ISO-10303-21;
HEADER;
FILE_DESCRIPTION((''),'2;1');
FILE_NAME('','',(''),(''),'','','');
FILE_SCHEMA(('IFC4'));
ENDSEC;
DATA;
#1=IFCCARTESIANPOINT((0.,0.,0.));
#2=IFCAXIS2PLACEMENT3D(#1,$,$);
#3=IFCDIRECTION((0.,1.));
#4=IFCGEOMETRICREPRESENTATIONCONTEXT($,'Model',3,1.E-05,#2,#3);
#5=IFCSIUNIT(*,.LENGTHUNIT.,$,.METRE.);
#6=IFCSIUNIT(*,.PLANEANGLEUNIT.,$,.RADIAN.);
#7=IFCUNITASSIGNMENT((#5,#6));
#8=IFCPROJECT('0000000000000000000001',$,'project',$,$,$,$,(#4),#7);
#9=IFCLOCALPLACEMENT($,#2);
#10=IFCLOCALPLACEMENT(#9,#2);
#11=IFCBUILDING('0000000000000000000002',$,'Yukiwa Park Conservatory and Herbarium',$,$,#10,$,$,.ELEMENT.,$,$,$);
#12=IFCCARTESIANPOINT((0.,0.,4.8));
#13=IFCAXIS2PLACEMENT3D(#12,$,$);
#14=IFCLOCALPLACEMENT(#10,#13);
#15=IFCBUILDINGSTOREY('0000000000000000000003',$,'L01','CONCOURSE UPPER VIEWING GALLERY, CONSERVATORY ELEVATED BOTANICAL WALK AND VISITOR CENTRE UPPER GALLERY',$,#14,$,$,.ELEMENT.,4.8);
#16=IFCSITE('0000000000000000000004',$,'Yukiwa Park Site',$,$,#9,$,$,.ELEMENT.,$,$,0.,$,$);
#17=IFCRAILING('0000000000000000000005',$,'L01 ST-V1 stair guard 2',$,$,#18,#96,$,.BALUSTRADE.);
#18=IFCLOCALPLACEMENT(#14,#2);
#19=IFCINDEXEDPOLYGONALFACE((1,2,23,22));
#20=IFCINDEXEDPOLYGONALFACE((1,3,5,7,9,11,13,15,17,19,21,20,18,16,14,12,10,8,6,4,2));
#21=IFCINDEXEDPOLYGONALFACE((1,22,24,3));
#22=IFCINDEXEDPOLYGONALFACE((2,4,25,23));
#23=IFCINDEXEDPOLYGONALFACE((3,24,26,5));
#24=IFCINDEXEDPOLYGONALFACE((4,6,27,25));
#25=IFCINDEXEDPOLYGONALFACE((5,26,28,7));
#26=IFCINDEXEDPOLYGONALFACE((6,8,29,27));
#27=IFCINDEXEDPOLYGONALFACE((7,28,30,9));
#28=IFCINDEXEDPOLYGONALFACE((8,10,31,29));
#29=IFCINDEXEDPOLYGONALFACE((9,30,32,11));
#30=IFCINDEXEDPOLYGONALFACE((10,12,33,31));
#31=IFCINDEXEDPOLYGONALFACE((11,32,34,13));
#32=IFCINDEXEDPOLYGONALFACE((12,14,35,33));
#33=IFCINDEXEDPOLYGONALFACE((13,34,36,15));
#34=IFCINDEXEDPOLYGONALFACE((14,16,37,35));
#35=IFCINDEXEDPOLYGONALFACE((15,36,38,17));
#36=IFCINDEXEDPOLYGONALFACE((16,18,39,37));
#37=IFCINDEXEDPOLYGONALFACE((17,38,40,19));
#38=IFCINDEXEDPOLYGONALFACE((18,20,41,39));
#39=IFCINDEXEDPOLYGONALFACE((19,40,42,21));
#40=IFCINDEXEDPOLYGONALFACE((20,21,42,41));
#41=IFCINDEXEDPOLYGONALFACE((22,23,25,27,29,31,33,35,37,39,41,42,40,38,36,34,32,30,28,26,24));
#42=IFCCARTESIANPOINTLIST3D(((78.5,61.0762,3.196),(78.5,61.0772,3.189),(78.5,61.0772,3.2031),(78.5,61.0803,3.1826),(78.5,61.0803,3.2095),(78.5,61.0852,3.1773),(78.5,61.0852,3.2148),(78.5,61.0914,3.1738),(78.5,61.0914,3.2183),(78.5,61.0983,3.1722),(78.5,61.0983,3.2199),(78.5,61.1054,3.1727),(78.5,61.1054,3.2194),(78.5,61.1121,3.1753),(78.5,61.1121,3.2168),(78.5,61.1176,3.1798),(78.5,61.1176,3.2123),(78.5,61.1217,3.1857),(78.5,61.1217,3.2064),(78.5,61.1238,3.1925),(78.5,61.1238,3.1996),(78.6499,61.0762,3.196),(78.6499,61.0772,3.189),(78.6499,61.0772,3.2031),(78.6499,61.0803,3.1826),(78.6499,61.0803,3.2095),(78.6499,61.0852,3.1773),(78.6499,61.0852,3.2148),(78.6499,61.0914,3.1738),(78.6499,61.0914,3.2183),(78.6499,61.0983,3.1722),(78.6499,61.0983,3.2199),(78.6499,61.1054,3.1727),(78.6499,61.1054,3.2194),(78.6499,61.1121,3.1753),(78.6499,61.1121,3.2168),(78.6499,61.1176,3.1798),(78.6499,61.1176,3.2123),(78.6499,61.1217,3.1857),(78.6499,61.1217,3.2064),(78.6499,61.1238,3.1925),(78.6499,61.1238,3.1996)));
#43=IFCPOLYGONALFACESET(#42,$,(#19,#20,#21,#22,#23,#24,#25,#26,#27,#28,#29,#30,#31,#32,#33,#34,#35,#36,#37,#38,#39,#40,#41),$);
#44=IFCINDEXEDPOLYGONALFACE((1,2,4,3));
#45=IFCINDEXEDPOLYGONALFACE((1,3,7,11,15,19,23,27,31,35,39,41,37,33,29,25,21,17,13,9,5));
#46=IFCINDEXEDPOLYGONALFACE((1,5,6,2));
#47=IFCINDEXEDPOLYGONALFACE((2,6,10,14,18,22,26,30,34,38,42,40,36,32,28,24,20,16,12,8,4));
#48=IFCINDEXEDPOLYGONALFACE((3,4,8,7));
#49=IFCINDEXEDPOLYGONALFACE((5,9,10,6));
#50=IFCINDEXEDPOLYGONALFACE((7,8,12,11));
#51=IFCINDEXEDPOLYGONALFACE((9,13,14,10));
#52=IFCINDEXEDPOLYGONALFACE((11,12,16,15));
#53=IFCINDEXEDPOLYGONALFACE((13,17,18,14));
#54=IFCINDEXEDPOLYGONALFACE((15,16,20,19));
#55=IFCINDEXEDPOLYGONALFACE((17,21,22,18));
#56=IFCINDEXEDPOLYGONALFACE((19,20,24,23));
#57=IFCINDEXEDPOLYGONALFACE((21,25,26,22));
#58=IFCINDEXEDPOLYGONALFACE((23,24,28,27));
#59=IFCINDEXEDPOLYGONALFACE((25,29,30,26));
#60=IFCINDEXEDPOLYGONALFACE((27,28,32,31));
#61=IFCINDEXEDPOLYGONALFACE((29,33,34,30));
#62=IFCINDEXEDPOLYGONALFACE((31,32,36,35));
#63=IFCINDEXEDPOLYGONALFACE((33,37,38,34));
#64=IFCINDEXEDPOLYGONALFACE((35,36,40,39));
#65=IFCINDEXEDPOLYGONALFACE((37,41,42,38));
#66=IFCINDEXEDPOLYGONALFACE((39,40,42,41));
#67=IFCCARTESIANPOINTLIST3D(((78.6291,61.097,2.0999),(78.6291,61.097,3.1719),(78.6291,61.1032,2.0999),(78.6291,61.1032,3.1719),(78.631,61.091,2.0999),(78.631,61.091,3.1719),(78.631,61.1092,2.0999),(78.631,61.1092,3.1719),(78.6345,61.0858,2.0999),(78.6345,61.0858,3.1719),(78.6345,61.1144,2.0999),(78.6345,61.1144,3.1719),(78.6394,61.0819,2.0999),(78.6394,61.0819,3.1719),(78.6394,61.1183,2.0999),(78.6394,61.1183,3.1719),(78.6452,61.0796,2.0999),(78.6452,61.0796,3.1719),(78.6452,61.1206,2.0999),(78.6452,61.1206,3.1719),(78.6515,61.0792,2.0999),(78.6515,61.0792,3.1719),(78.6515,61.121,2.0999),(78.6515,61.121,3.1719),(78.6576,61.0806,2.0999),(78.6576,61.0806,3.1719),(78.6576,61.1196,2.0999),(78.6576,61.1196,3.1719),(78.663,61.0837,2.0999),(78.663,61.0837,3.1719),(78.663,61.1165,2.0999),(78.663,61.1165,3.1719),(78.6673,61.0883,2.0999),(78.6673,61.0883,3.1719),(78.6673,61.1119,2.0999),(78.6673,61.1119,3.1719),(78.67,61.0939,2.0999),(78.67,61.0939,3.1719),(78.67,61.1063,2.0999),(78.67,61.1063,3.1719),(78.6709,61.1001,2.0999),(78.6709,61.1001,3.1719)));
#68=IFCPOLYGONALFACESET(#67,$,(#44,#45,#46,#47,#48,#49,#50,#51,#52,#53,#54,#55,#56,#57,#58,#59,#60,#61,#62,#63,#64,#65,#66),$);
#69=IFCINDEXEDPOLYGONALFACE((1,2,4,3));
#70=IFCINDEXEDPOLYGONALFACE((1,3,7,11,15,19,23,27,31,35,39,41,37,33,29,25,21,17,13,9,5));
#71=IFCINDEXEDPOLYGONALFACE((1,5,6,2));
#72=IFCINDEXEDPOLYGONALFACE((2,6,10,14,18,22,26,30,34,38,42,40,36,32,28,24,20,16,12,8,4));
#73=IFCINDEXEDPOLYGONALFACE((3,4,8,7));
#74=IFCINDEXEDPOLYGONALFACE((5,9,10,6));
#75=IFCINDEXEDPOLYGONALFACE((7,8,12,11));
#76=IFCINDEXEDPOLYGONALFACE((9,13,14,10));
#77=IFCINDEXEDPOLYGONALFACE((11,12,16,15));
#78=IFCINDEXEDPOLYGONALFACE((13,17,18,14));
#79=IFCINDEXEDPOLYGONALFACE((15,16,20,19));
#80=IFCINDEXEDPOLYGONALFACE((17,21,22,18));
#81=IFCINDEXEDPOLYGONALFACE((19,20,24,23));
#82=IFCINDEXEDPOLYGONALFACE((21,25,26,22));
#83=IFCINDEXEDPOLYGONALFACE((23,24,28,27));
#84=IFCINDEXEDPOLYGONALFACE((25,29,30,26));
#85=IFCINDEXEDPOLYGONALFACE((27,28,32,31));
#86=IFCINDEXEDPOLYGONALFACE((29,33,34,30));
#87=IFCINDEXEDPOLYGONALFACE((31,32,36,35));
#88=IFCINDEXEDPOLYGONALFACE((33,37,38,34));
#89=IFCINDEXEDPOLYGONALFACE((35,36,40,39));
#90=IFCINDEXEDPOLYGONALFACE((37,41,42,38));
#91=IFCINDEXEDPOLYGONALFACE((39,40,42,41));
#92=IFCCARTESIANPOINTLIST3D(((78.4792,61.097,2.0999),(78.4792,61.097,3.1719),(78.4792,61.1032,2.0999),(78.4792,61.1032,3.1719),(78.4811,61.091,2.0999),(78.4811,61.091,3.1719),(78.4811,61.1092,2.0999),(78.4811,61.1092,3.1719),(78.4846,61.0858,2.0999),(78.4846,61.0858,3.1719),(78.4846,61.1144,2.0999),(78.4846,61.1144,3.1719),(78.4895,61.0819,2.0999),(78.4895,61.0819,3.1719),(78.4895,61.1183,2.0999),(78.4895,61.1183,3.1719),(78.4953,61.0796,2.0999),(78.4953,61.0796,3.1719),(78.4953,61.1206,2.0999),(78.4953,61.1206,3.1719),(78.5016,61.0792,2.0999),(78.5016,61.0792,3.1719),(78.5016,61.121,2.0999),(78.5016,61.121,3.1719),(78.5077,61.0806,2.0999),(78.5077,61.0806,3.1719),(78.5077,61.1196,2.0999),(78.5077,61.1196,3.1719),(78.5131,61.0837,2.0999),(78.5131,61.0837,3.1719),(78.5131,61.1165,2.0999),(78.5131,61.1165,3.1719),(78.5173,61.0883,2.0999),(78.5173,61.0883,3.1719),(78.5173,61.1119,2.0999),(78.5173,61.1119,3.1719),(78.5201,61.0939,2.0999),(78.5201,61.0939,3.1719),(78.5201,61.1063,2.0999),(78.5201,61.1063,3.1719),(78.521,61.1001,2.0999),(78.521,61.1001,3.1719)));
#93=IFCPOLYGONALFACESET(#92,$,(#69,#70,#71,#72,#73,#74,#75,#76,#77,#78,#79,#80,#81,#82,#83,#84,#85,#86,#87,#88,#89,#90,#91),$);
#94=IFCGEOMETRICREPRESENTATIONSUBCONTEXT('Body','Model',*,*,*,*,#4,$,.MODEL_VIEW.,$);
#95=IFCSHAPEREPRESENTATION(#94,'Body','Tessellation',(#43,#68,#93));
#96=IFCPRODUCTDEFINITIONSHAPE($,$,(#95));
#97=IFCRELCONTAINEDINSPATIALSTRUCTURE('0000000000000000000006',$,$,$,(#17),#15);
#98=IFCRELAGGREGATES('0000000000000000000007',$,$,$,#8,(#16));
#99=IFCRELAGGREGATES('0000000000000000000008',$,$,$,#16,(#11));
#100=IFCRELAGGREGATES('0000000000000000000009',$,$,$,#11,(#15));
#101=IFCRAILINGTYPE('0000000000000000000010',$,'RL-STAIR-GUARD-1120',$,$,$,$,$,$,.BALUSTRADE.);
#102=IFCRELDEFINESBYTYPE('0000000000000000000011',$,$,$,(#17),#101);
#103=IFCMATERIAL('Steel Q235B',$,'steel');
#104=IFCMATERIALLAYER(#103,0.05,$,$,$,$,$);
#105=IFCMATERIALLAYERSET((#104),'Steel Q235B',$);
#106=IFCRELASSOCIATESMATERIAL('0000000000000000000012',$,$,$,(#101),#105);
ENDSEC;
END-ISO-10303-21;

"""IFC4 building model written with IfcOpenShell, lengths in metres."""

from ifc_helpers import new_model, si_unit, direction, frame, origin, origin_2d, place, context, subcontext, project, spatial, circle, extrude, material, layer, layer_set, type_object, element, save


model = new_model("IFC4")

# Units and contexts
model_context = context("Model", 3, precision=1e-05, world=origin(), true_north=direction((0.0, 1.0)))
body_context = subcontext(model_context, "Body", "Model", "MODEL_VIEW")
ifc_project = project(units=[si_unit("LENGTHUNIT", "METRE"), si_unit("PLANEANGLEUNIT", "RADIAN")], contexts=[model_context])

# Site, building, storey
site_placement = place(None, origin())
site = spatial("IfcSite", under=ifc_project, at=site_placement, Name="Yukiwa Park Site", CompositionType="ELEMENT", RefElevation=0.0)
building_placement = place(site_placement, origin())
building = spatial("IfcBuilding", under=site, at=building_placement, Name="Yukiwa Park Conservatory and Herbarium", CompositionType="ELEMENT")
storey_placement = place(building_placement, frame((0.0, 0.0, 4.8)))
storey = spatial("IfcBuildingStorey", under=building, at=storey_placement, Name="L01", Description="CONCOURSE UPPER VIEWING GALLERY, CONSERVATORY ELEVATED BOTANICAL WALK AND VISITOR CENTRE UPPER GALLERY", CompositionType="ELEMENT", Elevation=4.8)

# Railing
ifc_material_1 = material(Name="Steel Q235B", Category="steel")
ifc_layer_1 = layer(ifc_material_1, 0.05)
ifc_layer_set_1 = layer_set([ifc_layer_1], Name="Steel Q235B")
railing_type_1 = type_object("IfcRailingType", Name="RL-STAIR-GUARD-1120", PredefinedType="BALUSTRADE", material=ifc_layer_set_1)
railing_1_placement = place(storey_placement, frame((78.6499, 61.1001, 2.0999)))
element("IfcRailing", 1, at=railing_1_placement, inside=storey, type_object=railing_type_1, Name="L01 ST-V1 stair guard 2", PredefinedType="BALUSTRADE", context=body_context, shape_type="SweptSolid", body=[
    extrude(circle(Radius=0.0239, at=origin_2d()), frame((0.0, 0.0, 1.0962), z_axis=(-1.0, 0.0, 0.0), x_axis=(0.0, -1.0, 0.0)), (0.0, 0.0, 1.0), 0.1499),
    extrude(circle(Radius=0.021, at=origin_2d()), origin(), (0.0, 0.0, 1.0), 1.072),
    extrude(circle(Radius=0.021, at=origin_2d()), frame((-0.1499, 0.0, 0.0)), (0.0, 0.0, 1.0), 1.072),
])

save(model, "model.ifc")
